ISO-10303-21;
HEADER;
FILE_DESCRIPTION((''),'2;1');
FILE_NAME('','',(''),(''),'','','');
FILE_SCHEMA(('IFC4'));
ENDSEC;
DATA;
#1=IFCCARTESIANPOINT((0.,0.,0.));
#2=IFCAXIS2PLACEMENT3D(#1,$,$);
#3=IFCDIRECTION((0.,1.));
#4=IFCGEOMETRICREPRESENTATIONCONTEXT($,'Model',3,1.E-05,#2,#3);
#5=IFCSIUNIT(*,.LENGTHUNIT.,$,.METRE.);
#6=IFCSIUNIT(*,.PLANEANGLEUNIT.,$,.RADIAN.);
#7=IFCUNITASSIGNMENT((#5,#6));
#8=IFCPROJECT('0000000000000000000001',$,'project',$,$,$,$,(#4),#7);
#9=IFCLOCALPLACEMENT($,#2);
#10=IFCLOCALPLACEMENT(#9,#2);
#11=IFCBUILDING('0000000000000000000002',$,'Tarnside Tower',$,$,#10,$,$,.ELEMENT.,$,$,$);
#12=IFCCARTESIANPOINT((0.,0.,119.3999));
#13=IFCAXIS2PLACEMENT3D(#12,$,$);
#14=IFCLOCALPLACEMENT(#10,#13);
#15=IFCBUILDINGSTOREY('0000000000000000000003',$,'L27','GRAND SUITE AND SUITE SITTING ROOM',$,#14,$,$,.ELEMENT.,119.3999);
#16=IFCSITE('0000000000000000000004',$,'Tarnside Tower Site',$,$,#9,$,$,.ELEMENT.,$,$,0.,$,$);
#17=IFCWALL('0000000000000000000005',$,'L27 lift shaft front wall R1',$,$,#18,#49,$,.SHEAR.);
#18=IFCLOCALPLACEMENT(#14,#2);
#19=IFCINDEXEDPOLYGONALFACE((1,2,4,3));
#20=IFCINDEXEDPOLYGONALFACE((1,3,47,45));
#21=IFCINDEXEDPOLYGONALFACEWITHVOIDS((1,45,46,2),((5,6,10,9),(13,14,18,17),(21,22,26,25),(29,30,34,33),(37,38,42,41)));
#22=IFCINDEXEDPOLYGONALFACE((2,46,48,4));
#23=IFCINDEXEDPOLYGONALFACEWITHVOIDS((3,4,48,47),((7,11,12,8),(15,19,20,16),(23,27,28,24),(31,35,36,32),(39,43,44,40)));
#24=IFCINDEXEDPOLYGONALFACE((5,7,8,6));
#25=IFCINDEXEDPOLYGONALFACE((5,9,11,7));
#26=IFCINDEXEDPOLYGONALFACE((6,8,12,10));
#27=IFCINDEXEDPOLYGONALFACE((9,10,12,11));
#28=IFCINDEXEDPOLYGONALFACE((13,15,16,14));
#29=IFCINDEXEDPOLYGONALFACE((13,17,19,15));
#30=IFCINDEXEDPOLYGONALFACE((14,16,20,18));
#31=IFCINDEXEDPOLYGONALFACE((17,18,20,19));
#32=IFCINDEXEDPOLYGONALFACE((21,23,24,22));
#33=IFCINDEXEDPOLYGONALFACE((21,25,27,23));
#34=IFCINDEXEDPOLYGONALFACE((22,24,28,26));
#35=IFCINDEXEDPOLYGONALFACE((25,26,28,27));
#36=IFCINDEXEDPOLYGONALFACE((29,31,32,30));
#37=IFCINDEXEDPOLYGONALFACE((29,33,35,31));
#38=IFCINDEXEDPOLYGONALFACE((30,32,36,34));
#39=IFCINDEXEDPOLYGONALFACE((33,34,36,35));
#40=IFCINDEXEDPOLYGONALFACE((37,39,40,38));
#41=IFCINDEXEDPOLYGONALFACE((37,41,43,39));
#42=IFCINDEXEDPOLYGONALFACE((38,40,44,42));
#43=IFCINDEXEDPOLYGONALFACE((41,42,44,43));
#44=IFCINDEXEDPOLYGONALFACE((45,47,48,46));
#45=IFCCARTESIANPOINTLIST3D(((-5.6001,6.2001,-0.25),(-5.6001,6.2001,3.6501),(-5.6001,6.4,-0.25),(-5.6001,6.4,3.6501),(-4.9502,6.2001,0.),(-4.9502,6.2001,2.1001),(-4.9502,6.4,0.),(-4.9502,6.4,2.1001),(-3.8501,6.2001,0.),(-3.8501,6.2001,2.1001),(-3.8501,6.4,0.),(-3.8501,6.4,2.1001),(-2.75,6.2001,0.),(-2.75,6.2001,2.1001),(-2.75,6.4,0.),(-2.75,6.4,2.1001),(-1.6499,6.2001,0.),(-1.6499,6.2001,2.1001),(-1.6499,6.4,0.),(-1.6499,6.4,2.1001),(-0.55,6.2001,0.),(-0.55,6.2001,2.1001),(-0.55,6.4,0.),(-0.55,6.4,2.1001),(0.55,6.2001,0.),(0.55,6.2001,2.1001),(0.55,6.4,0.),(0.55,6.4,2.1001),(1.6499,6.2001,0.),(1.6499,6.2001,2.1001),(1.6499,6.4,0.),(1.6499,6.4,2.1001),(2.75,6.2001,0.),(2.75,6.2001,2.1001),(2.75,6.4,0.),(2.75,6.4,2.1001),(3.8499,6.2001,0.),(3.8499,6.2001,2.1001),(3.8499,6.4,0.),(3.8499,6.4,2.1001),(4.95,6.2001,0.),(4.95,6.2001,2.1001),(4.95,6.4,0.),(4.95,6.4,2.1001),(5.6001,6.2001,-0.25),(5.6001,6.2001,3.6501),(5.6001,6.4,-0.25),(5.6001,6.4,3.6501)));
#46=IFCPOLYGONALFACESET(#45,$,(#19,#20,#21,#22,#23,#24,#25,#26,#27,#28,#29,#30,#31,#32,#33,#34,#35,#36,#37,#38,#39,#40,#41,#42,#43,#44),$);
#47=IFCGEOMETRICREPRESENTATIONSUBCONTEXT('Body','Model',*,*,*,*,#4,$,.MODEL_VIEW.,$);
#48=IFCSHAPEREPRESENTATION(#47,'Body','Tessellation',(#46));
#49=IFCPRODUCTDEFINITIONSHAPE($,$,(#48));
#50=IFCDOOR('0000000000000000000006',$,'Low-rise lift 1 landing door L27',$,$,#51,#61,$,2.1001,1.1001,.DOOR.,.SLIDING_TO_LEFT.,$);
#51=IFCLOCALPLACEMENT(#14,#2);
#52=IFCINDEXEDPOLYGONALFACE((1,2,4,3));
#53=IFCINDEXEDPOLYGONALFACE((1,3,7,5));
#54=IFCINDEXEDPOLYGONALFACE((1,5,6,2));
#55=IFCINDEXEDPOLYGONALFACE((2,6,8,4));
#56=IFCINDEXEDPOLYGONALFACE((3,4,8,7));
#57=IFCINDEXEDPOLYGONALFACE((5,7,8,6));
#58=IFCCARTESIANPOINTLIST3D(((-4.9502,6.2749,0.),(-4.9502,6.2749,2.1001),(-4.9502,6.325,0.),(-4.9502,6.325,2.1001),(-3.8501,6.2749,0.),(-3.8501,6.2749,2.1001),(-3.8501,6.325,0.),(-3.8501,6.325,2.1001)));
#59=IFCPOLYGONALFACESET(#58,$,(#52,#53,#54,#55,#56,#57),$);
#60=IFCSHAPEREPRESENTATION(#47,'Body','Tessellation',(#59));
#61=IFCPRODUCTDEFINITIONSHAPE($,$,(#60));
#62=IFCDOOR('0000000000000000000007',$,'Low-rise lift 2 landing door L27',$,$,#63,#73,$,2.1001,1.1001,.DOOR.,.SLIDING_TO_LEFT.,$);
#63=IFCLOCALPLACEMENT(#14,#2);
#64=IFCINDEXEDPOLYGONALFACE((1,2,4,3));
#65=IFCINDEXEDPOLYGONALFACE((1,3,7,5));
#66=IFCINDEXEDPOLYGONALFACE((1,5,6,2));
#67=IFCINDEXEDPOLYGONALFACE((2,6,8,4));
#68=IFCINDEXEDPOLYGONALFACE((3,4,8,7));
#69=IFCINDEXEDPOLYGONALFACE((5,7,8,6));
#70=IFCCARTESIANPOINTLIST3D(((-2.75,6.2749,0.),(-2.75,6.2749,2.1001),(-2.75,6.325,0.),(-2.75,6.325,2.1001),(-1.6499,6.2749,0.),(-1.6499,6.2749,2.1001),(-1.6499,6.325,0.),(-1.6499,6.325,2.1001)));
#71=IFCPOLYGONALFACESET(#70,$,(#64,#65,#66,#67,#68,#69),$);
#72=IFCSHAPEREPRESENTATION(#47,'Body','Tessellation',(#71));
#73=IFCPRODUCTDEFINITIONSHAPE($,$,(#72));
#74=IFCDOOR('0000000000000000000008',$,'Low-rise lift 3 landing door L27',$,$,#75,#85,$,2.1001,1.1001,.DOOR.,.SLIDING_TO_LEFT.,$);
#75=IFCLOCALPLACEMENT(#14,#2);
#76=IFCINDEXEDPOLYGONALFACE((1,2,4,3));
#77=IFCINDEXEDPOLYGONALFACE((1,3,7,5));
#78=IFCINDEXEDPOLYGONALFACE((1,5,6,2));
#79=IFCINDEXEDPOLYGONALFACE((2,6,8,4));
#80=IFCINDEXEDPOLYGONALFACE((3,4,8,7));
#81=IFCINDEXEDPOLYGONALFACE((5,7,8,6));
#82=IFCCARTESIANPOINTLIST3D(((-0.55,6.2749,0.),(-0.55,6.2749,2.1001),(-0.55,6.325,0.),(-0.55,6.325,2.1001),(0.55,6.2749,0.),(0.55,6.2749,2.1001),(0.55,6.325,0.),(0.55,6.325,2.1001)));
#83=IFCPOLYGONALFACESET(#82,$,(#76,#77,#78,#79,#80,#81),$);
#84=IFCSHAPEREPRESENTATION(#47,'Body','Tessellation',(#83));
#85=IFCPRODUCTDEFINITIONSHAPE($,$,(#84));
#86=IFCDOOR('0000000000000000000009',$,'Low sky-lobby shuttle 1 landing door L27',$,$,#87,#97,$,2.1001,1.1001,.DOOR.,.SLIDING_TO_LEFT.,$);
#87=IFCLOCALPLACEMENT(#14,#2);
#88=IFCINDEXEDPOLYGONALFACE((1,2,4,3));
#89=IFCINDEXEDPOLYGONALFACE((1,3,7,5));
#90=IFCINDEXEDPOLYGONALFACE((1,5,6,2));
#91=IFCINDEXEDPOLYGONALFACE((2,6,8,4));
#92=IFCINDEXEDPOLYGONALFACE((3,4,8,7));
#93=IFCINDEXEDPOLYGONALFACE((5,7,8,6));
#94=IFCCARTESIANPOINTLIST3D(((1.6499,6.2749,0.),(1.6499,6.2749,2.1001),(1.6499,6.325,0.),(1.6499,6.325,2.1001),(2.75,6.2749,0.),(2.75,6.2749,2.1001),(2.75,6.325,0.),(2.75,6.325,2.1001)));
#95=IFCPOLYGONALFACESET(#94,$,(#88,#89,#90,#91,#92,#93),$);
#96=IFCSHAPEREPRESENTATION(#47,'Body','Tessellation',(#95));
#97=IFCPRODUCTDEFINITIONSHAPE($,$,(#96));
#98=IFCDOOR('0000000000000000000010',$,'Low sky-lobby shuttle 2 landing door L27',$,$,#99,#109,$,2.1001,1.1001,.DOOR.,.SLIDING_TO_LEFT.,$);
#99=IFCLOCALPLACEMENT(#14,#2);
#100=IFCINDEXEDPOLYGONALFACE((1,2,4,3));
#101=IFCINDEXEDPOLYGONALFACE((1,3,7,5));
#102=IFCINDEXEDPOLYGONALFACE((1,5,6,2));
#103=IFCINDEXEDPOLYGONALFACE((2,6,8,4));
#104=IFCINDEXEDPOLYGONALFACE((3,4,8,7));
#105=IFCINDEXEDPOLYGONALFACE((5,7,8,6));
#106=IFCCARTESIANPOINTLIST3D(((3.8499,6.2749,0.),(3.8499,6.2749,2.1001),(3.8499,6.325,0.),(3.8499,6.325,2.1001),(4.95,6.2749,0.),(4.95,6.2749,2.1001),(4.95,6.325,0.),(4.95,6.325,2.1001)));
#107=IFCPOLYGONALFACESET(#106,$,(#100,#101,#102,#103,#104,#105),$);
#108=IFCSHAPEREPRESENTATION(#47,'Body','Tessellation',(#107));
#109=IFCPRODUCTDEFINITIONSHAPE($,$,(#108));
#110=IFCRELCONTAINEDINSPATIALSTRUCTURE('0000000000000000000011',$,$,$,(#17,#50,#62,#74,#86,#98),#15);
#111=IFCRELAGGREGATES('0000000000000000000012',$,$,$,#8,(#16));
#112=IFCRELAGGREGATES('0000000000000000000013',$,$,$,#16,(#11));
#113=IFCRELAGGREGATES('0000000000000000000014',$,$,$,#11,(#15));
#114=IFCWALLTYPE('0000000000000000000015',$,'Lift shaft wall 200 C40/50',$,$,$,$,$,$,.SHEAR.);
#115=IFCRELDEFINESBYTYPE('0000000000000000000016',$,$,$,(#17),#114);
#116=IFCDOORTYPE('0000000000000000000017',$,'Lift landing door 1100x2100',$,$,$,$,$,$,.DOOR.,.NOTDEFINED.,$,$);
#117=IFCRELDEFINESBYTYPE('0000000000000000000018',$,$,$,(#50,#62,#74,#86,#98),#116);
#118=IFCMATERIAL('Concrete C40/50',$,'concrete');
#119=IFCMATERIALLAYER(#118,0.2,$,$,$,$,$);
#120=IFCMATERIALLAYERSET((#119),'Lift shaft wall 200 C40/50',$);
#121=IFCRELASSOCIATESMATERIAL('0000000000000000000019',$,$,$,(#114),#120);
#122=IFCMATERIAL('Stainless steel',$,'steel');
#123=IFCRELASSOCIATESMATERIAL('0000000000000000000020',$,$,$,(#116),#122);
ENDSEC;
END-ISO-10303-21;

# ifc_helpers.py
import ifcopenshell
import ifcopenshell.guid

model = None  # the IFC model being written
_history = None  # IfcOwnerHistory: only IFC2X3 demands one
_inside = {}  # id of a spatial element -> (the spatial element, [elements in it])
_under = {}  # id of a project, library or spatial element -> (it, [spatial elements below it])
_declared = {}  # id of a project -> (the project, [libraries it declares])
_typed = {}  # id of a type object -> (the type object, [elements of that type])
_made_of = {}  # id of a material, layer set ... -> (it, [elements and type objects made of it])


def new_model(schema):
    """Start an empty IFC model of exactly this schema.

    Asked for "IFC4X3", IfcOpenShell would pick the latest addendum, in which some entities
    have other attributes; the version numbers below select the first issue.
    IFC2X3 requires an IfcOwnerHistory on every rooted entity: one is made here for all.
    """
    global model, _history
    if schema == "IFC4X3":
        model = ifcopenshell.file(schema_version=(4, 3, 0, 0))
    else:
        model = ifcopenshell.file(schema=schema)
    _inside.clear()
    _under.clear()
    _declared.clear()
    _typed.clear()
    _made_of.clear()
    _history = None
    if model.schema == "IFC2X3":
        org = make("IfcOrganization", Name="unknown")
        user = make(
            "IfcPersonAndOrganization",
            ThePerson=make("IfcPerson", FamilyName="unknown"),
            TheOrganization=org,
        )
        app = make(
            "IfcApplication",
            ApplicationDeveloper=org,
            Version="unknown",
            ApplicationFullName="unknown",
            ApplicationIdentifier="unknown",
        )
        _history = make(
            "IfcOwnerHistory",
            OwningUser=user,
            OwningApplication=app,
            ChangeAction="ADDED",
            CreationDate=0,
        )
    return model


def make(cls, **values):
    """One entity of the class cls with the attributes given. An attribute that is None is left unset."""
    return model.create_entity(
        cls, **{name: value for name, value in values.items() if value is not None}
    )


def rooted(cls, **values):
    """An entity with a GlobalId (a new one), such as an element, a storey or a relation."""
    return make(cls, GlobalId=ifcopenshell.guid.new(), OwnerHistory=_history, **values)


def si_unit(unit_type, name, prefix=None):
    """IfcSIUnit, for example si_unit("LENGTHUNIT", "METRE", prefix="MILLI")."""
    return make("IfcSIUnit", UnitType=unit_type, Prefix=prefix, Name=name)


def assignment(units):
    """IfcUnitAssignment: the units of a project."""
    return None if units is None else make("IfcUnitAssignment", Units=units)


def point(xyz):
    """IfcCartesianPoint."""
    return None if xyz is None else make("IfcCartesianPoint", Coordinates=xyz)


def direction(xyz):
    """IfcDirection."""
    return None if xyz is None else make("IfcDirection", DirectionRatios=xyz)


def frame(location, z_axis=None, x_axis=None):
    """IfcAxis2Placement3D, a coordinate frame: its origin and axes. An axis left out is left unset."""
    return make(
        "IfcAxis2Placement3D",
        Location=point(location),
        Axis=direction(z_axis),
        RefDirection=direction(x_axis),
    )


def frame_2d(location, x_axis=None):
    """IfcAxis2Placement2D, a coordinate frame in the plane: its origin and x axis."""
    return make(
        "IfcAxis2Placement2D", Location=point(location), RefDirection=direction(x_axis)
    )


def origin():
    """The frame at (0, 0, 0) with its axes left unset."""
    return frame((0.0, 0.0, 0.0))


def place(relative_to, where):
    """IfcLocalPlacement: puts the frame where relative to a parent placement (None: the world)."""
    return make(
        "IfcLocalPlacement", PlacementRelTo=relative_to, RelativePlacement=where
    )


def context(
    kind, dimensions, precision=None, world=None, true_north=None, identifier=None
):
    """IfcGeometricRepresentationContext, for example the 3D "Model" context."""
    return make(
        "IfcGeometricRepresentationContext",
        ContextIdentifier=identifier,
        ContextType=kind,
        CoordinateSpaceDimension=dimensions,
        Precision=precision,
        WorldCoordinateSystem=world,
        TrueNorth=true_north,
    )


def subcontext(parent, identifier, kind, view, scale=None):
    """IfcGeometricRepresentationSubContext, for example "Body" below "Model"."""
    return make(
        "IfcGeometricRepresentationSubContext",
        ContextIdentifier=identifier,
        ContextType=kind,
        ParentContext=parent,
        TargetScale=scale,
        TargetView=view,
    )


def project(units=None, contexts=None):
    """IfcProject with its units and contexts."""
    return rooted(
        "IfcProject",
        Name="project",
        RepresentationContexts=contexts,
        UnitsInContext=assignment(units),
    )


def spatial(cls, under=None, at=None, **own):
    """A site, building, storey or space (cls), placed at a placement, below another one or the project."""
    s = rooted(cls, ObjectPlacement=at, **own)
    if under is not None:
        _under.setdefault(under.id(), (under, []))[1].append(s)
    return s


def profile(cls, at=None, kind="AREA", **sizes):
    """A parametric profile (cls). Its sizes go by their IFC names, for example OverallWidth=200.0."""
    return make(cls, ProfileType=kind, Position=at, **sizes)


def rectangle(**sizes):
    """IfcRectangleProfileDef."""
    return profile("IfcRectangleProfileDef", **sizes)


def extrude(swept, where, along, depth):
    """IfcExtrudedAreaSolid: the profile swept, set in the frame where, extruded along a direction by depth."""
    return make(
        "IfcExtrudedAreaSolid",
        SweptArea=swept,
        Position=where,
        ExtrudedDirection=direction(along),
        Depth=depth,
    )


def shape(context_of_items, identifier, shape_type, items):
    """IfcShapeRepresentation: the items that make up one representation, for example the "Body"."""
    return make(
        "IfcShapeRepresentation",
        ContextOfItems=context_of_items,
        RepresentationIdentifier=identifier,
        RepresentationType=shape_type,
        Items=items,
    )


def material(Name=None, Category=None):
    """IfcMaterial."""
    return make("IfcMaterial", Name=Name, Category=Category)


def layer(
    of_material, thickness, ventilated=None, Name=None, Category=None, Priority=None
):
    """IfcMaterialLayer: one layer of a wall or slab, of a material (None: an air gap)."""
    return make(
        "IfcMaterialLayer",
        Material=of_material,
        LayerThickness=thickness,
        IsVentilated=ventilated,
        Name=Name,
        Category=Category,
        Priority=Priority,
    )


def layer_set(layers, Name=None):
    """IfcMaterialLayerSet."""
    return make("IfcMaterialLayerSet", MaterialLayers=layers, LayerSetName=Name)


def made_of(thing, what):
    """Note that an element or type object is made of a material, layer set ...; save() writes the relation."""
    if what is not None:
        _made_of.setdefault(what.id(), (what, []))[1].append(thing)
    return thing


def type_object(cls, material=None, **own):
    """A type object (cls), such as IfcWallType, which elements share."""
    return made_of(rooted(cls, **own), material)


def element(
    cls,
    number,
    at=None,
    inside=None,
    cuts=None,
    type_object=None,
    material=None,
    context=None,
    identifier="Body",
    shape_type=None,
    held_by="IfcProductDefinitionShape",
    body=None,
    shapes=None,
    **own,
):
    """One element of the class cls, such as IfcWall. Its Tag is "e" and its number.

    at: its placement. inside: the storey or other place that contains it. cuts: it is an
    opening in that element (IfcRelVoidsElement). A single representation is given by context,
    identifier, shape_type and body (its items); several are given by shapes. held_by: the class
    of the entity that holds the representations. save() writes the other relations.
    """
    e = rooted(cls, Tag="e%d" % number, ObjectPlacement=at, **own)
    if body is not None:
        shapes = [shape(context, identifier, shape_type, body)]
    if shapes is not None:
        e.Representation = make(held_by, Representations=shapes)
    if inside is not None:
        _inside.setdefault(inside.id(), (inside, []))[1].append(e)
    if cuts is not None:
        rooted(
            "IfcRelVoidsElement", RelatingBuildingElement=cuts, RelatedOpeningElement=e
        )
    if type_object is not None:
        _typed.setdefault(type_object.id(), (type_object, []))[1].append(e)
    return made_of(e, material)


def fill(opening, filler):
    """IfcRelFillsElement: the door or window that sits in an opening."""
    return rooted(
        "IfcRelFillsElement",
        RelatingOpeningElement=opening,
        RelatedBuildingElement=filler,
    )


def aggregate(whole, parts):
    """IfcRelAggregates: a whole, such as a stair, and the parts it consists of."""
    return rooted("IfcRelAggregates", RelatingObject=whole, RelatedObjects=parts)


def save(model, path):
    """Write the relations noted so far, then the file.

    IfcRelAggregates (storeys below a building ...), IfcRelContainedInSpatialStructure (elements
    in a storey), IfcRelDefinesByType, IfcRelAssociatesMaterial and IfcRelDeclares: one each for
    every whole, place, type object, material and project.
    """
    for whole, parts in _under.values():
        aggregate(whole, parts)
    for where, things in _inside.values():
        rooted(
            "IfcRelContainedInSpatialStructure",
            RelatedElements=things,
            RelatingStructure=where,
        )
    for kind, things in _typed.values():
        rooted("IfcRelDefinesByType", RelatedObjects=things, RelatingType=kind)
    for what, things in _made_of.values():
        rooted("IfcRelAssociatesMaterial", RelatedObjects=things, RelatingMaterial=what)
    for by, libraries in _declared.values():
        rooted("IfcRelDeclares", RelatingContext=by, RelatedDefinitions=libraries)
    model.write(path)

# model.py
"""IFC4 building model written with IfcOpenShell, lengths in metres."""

from ifc_helpers import new_model, si_unit, direction, frame, frame_2d, origin, place, context, subcontext, project, spatial, rectangle, extrude, material, layer, layer_set, type_object, element, fill, save


model = new_model("IFC4")

# Units and contexts
model_context = context("Model", 3, precision=1e-05, world=origin(), true_north=direction((0.0, 1.0)))
body_context = subcontext(model_context, "Body", "Model", "MODEL_VIEW")
ifc_project = project(units=[si_unit("LENGTHUNIT", "METRE"), si_unit("PLANEANGLEUNIT", "RADIAN")], contexts=[model_context])

# Site, building, storey
site_placement = place(None, origin())
site = spatial("IfcSite", under=ifc_project, at=site_placement, Name="Tarnside Tower Site", CompositionType="ELEMENT", RefElevation=0.0)
building_placement = place(site_placement, origin())
building = spatial("IfcBuilding", under=site, at=building_placement, Name="Tarnside Tower", CompositionType="ELEMENT")
storey_placement = place(building_placement, frame((0.0, 0.0, 119.3999)))
storey = spatial("IfcBuildingStorey", under=building, at=storey_placement, Name="L27", Description="GRAND SUITE AND SUITE SITTING ROOM", CompositionType="ELEMENT", Elevation=119.3999)

# Shared definitions
ifc_material_1 = material(Name="Concrete C40/50", Category="concrete")

# Wall, openings, doors
ifc_layer_1 = layer(ifc_material_1, 0.2)
ifc_layer_set_1 = layer_set([ifc_layer_1], Name="Lift shaft wall 200 C40/50")
wall_type_1 = type_object("IfcWallType", Name="Lift shaft wall 200 C40/50", PredefinedType="SHEAR", material=ifc_layer_set_1)
wall_1_placement = place(storey_placement, frame((-5.6001, 6.3, -0.25), z_axis=(0.0, 0.0, 1.0), x_axis=(1.0, 0.0, 0.0)))
wall_1 = element("IfcWall", 1, at=wall_1_placement, inside=storey, type_object=wall_type_1, Name="L27 lift shaft front wall R1", PredefinedType="SHEAR", context=body_context, shape_type="SweptSolid", body=[
    extrude(rectangle(XDim=11.2002, YDim=0.2, at=frame_2d((5.6001, 0.0))), origin(), (0.0, 0.0, 1.0), 3.9001),
])
opening_1_placement = place(wall_1_placement, frame((0.6499, 0.0, 0.25)))
opening_1 = element("IfcOpeningElement", 2, at=opening_1_placement, cuts=wall_1, PredefinedType="OPENING", context=body_context, shape_type="SweptSolid", body=[
    extrude(rectangle(XDim=1.1001, YDim=2.1001, at=frame_2d((0.55, 1.05))), frame((0.0, 0.1099, 0.0), z_axis=(0.0, -1.0, 0.0), x_axis=(1.0, 0.0, 0.0)), (0.0, 0.0, 1.0), 0.22),
])
opening_2_placement = place(wall_1_placement, frame((2.8501, 0.0, 0.25)))
opening_2 = element("IfcOpeningElement", 3, at=opening_2_placement, cuts=wall_1, PredefinedType="OPENING", context=body_context, shape_type="SweptSolid", body=[
    extrude(rectangle(XDim=1.1001, YDim=2.1001, at=frame_2d((0.55, 1.05))), frame((0.0, 0.1099, 0.0), z_axis=(0.0, -1.0, 0.0), x_axis=(1.0, 0.0, 0.0)), (0.0, 0.0, 1.0), 0.22),
])
opening_3_placement = place(wall_1_placement, frame((5.05, 0.0, 0.25)))
opening_3 = element("IfcOpeningElement", 4, at=opening_3_placement, cuts=wall_1, PredefinedType="OPENING", context=body_context, shape_type="SweptSolid", body=[
    extrude(rectangle(XDim=1.1001, YDim=2.1001, at=frame_2d((0.55, 1.05))), frame((0.0, 0.1099, 0.0), z_axis=(0.0, -1.0, 0.0), x_axis=(1.0, 0.0, 0.0)), (0.0, 0.0, 1.0), 0.22),
])
opening_4_placement = place(wall_1_placement, frame((7.25, 0.0, 0.25)))
opening_4 = element("IfcOpeningElement", 5, at=opening_4_placement, cuts=wall_1, PredefinedType="OPENING", context=body_context, shape_type="SweptSolid", body=[
    extrude(rectangle(XDim=1.1001, YDim=2.1001, at=frame_2d((0.55, 1.05))), frame((0.0, 0.1099, 0.0), z_axis=(0.0, -1.0, 0.0), x_axis=(1.0, 0.0, 0.0)), (0.0, 0.0, 1.0), 0.22),
])
opening_5_placement = place(wall_1_placement, frame((9.45, 0.0, 0.25)))
opening_5 = element("IfcOpeningElement", 6, at=opening_5_placement, cuts=wall_1, PredefinedType="OPENING", context=body_context, shape_type="SweptSolid", body=[
    extrude(rectangle(XDim=1.1001, YDim=2.1001, at=frame_2d((0.55, 1.05))), frame((0.0, 0.1099, 0.0), z_axis=(0.0, -1.0, 0.0), x_axis=(1.0, 0.0, 0.0)), (0.0, 0.0, 1.0), 0.22),
])
ifc_material_2 = material(Name="Stainless steel", Category="steel")
door_type_1 = type_object("IfcDoorType", Name="Lift landing door 1100x2100", OperationType="NOTDEFINED", PredefinedType="DOOR", material=ifc_material_2)
door_1_placement = place(opening_1_placement, origin())
door_1 = element("IfcDoor", 7, at=door_1_placement, inside=storey, type_object=door_type_1, Name="Low-rise lift 1 landing door L27", OperationType="SLIDING_TO_LEFT", OverallHeight=2.1001, OverallWidth=1.1001, PredefinedType="DOOR", context=body_context, shape_type="SweptSolid", body=[
    extrude(rectangle(XDim=1.1001, YDim=2.1001, at=frame_2d((0.55, 1.05))), frame((0.0, 0.0249, 0.0), z_axis=(0.0, -1.0, 0.0), x_axis=(1.0, 0.0, 0.0)), (0.0, 0.0, 1.0), 0.05),
])
fill(opening_1, door_1)
door_2_placement = place(opening_2_placement, origin())
door_2 = element("IfcDoor", 8, at=door_2_placement, inside=storey, type_object=door_type_1, Name="Low-rise lift 2 landing door L27", OperationType="SLIDING_TO_LEFT", OverallHeight=2.1001, OverallWidth=1.1001, PredefinedType="DOOR", context=body_context, shape_type="SweptSolid", body=[
    extrude(rectangle(XDim=1.1001, YDim=2.1001, at=frame_2d((0.55, 1.05))), frame((0.0, 0.0249, 0.0), z_axis=(0.0, -1.0, 0.0), x_axis=(1.0, 0.0, 0.0)), (0.0, 0.0, 1.0), 0.05),
])
fill(opening_2, door_2)
door_3_placement = place(opening_3_placement, origin())
door_3 = element("IfcDoor", 9, at=door_3_placement, inside=storey, type_object=door_type_1, Name="Low-rise lift 3 landing door L27", OperationType="SLIDING_TO_LEFT", OverallHeight=2.1001, OverallWidth=1.1001, PredefinedType="DOOR", context=body_context, shape_type="SweptSolid", body=[
    extrude(rectangle(XDim=1.1001, YDim=2.1001, at=frame_2d((0.55, 1.05))), frame((0.0, 0.0249, 0.0), z_axis=(0.0, -1.0, 0.0), x_axis=(1.0, 0.0, 0.0)), (0.0, 0.0, 1.0), 0.05),
])
fill(opening_3, door_3)
door_4_placement = place(opening_4_placement, origin())
door_4 = element("IfcDoor", 10, at=door_4_placement, inside=storey, type_object=door_type_1, Name="Low sky-lobby shuttle 1 landing door L27", OperationType="SLIDING_TO_LEFT", OverallHeight=2.1001, OverallWidth=1.1001, PredefinedType="DOOR", context=body_context, shape_type="SweptSolid", body=[
    extrude(rectangle(XDim=1.1001, YDim=2.1001, at=frame_2d((0.55, 1.05))), frame((0.0, 0.0249, 0.0), z_axis=(0.0, -1.0, 0.0), x_axis=(1.0, 0.0, 0.0)), (0.0, 0.0, 1.0), 0.05),
])
fill(opening_4, door_4)
door_5_placement = place(opening_5_placement, origin())
door_5 = element("IfcDoor", 11, at=door_5_placement, inside=storey, type_object=door_type_1, Name="Low sky-lobby shuttle 2 landing door L27", OperationType="SLIDING_TO_LEFT", OverallHeight=2.1001, OverallWidth=1.1001, PredefinedType="DOOR", context=body_context, shape_type="SweptSolid", body=[
    extrude(rectangle(XDim=1.1001, YDim=2.1001, at=frame_2d((0.55, 1.05))), frame((0.0, 0.0249, 0.0), z_axis=(0.0, -1.0, 0.0), x_axis=(1.0, 0.0, 0.0)), (0.0, 0.0, 1.0), 0.05),
])
fill(opening_5, door_5)

save(model, "model.ifc")
